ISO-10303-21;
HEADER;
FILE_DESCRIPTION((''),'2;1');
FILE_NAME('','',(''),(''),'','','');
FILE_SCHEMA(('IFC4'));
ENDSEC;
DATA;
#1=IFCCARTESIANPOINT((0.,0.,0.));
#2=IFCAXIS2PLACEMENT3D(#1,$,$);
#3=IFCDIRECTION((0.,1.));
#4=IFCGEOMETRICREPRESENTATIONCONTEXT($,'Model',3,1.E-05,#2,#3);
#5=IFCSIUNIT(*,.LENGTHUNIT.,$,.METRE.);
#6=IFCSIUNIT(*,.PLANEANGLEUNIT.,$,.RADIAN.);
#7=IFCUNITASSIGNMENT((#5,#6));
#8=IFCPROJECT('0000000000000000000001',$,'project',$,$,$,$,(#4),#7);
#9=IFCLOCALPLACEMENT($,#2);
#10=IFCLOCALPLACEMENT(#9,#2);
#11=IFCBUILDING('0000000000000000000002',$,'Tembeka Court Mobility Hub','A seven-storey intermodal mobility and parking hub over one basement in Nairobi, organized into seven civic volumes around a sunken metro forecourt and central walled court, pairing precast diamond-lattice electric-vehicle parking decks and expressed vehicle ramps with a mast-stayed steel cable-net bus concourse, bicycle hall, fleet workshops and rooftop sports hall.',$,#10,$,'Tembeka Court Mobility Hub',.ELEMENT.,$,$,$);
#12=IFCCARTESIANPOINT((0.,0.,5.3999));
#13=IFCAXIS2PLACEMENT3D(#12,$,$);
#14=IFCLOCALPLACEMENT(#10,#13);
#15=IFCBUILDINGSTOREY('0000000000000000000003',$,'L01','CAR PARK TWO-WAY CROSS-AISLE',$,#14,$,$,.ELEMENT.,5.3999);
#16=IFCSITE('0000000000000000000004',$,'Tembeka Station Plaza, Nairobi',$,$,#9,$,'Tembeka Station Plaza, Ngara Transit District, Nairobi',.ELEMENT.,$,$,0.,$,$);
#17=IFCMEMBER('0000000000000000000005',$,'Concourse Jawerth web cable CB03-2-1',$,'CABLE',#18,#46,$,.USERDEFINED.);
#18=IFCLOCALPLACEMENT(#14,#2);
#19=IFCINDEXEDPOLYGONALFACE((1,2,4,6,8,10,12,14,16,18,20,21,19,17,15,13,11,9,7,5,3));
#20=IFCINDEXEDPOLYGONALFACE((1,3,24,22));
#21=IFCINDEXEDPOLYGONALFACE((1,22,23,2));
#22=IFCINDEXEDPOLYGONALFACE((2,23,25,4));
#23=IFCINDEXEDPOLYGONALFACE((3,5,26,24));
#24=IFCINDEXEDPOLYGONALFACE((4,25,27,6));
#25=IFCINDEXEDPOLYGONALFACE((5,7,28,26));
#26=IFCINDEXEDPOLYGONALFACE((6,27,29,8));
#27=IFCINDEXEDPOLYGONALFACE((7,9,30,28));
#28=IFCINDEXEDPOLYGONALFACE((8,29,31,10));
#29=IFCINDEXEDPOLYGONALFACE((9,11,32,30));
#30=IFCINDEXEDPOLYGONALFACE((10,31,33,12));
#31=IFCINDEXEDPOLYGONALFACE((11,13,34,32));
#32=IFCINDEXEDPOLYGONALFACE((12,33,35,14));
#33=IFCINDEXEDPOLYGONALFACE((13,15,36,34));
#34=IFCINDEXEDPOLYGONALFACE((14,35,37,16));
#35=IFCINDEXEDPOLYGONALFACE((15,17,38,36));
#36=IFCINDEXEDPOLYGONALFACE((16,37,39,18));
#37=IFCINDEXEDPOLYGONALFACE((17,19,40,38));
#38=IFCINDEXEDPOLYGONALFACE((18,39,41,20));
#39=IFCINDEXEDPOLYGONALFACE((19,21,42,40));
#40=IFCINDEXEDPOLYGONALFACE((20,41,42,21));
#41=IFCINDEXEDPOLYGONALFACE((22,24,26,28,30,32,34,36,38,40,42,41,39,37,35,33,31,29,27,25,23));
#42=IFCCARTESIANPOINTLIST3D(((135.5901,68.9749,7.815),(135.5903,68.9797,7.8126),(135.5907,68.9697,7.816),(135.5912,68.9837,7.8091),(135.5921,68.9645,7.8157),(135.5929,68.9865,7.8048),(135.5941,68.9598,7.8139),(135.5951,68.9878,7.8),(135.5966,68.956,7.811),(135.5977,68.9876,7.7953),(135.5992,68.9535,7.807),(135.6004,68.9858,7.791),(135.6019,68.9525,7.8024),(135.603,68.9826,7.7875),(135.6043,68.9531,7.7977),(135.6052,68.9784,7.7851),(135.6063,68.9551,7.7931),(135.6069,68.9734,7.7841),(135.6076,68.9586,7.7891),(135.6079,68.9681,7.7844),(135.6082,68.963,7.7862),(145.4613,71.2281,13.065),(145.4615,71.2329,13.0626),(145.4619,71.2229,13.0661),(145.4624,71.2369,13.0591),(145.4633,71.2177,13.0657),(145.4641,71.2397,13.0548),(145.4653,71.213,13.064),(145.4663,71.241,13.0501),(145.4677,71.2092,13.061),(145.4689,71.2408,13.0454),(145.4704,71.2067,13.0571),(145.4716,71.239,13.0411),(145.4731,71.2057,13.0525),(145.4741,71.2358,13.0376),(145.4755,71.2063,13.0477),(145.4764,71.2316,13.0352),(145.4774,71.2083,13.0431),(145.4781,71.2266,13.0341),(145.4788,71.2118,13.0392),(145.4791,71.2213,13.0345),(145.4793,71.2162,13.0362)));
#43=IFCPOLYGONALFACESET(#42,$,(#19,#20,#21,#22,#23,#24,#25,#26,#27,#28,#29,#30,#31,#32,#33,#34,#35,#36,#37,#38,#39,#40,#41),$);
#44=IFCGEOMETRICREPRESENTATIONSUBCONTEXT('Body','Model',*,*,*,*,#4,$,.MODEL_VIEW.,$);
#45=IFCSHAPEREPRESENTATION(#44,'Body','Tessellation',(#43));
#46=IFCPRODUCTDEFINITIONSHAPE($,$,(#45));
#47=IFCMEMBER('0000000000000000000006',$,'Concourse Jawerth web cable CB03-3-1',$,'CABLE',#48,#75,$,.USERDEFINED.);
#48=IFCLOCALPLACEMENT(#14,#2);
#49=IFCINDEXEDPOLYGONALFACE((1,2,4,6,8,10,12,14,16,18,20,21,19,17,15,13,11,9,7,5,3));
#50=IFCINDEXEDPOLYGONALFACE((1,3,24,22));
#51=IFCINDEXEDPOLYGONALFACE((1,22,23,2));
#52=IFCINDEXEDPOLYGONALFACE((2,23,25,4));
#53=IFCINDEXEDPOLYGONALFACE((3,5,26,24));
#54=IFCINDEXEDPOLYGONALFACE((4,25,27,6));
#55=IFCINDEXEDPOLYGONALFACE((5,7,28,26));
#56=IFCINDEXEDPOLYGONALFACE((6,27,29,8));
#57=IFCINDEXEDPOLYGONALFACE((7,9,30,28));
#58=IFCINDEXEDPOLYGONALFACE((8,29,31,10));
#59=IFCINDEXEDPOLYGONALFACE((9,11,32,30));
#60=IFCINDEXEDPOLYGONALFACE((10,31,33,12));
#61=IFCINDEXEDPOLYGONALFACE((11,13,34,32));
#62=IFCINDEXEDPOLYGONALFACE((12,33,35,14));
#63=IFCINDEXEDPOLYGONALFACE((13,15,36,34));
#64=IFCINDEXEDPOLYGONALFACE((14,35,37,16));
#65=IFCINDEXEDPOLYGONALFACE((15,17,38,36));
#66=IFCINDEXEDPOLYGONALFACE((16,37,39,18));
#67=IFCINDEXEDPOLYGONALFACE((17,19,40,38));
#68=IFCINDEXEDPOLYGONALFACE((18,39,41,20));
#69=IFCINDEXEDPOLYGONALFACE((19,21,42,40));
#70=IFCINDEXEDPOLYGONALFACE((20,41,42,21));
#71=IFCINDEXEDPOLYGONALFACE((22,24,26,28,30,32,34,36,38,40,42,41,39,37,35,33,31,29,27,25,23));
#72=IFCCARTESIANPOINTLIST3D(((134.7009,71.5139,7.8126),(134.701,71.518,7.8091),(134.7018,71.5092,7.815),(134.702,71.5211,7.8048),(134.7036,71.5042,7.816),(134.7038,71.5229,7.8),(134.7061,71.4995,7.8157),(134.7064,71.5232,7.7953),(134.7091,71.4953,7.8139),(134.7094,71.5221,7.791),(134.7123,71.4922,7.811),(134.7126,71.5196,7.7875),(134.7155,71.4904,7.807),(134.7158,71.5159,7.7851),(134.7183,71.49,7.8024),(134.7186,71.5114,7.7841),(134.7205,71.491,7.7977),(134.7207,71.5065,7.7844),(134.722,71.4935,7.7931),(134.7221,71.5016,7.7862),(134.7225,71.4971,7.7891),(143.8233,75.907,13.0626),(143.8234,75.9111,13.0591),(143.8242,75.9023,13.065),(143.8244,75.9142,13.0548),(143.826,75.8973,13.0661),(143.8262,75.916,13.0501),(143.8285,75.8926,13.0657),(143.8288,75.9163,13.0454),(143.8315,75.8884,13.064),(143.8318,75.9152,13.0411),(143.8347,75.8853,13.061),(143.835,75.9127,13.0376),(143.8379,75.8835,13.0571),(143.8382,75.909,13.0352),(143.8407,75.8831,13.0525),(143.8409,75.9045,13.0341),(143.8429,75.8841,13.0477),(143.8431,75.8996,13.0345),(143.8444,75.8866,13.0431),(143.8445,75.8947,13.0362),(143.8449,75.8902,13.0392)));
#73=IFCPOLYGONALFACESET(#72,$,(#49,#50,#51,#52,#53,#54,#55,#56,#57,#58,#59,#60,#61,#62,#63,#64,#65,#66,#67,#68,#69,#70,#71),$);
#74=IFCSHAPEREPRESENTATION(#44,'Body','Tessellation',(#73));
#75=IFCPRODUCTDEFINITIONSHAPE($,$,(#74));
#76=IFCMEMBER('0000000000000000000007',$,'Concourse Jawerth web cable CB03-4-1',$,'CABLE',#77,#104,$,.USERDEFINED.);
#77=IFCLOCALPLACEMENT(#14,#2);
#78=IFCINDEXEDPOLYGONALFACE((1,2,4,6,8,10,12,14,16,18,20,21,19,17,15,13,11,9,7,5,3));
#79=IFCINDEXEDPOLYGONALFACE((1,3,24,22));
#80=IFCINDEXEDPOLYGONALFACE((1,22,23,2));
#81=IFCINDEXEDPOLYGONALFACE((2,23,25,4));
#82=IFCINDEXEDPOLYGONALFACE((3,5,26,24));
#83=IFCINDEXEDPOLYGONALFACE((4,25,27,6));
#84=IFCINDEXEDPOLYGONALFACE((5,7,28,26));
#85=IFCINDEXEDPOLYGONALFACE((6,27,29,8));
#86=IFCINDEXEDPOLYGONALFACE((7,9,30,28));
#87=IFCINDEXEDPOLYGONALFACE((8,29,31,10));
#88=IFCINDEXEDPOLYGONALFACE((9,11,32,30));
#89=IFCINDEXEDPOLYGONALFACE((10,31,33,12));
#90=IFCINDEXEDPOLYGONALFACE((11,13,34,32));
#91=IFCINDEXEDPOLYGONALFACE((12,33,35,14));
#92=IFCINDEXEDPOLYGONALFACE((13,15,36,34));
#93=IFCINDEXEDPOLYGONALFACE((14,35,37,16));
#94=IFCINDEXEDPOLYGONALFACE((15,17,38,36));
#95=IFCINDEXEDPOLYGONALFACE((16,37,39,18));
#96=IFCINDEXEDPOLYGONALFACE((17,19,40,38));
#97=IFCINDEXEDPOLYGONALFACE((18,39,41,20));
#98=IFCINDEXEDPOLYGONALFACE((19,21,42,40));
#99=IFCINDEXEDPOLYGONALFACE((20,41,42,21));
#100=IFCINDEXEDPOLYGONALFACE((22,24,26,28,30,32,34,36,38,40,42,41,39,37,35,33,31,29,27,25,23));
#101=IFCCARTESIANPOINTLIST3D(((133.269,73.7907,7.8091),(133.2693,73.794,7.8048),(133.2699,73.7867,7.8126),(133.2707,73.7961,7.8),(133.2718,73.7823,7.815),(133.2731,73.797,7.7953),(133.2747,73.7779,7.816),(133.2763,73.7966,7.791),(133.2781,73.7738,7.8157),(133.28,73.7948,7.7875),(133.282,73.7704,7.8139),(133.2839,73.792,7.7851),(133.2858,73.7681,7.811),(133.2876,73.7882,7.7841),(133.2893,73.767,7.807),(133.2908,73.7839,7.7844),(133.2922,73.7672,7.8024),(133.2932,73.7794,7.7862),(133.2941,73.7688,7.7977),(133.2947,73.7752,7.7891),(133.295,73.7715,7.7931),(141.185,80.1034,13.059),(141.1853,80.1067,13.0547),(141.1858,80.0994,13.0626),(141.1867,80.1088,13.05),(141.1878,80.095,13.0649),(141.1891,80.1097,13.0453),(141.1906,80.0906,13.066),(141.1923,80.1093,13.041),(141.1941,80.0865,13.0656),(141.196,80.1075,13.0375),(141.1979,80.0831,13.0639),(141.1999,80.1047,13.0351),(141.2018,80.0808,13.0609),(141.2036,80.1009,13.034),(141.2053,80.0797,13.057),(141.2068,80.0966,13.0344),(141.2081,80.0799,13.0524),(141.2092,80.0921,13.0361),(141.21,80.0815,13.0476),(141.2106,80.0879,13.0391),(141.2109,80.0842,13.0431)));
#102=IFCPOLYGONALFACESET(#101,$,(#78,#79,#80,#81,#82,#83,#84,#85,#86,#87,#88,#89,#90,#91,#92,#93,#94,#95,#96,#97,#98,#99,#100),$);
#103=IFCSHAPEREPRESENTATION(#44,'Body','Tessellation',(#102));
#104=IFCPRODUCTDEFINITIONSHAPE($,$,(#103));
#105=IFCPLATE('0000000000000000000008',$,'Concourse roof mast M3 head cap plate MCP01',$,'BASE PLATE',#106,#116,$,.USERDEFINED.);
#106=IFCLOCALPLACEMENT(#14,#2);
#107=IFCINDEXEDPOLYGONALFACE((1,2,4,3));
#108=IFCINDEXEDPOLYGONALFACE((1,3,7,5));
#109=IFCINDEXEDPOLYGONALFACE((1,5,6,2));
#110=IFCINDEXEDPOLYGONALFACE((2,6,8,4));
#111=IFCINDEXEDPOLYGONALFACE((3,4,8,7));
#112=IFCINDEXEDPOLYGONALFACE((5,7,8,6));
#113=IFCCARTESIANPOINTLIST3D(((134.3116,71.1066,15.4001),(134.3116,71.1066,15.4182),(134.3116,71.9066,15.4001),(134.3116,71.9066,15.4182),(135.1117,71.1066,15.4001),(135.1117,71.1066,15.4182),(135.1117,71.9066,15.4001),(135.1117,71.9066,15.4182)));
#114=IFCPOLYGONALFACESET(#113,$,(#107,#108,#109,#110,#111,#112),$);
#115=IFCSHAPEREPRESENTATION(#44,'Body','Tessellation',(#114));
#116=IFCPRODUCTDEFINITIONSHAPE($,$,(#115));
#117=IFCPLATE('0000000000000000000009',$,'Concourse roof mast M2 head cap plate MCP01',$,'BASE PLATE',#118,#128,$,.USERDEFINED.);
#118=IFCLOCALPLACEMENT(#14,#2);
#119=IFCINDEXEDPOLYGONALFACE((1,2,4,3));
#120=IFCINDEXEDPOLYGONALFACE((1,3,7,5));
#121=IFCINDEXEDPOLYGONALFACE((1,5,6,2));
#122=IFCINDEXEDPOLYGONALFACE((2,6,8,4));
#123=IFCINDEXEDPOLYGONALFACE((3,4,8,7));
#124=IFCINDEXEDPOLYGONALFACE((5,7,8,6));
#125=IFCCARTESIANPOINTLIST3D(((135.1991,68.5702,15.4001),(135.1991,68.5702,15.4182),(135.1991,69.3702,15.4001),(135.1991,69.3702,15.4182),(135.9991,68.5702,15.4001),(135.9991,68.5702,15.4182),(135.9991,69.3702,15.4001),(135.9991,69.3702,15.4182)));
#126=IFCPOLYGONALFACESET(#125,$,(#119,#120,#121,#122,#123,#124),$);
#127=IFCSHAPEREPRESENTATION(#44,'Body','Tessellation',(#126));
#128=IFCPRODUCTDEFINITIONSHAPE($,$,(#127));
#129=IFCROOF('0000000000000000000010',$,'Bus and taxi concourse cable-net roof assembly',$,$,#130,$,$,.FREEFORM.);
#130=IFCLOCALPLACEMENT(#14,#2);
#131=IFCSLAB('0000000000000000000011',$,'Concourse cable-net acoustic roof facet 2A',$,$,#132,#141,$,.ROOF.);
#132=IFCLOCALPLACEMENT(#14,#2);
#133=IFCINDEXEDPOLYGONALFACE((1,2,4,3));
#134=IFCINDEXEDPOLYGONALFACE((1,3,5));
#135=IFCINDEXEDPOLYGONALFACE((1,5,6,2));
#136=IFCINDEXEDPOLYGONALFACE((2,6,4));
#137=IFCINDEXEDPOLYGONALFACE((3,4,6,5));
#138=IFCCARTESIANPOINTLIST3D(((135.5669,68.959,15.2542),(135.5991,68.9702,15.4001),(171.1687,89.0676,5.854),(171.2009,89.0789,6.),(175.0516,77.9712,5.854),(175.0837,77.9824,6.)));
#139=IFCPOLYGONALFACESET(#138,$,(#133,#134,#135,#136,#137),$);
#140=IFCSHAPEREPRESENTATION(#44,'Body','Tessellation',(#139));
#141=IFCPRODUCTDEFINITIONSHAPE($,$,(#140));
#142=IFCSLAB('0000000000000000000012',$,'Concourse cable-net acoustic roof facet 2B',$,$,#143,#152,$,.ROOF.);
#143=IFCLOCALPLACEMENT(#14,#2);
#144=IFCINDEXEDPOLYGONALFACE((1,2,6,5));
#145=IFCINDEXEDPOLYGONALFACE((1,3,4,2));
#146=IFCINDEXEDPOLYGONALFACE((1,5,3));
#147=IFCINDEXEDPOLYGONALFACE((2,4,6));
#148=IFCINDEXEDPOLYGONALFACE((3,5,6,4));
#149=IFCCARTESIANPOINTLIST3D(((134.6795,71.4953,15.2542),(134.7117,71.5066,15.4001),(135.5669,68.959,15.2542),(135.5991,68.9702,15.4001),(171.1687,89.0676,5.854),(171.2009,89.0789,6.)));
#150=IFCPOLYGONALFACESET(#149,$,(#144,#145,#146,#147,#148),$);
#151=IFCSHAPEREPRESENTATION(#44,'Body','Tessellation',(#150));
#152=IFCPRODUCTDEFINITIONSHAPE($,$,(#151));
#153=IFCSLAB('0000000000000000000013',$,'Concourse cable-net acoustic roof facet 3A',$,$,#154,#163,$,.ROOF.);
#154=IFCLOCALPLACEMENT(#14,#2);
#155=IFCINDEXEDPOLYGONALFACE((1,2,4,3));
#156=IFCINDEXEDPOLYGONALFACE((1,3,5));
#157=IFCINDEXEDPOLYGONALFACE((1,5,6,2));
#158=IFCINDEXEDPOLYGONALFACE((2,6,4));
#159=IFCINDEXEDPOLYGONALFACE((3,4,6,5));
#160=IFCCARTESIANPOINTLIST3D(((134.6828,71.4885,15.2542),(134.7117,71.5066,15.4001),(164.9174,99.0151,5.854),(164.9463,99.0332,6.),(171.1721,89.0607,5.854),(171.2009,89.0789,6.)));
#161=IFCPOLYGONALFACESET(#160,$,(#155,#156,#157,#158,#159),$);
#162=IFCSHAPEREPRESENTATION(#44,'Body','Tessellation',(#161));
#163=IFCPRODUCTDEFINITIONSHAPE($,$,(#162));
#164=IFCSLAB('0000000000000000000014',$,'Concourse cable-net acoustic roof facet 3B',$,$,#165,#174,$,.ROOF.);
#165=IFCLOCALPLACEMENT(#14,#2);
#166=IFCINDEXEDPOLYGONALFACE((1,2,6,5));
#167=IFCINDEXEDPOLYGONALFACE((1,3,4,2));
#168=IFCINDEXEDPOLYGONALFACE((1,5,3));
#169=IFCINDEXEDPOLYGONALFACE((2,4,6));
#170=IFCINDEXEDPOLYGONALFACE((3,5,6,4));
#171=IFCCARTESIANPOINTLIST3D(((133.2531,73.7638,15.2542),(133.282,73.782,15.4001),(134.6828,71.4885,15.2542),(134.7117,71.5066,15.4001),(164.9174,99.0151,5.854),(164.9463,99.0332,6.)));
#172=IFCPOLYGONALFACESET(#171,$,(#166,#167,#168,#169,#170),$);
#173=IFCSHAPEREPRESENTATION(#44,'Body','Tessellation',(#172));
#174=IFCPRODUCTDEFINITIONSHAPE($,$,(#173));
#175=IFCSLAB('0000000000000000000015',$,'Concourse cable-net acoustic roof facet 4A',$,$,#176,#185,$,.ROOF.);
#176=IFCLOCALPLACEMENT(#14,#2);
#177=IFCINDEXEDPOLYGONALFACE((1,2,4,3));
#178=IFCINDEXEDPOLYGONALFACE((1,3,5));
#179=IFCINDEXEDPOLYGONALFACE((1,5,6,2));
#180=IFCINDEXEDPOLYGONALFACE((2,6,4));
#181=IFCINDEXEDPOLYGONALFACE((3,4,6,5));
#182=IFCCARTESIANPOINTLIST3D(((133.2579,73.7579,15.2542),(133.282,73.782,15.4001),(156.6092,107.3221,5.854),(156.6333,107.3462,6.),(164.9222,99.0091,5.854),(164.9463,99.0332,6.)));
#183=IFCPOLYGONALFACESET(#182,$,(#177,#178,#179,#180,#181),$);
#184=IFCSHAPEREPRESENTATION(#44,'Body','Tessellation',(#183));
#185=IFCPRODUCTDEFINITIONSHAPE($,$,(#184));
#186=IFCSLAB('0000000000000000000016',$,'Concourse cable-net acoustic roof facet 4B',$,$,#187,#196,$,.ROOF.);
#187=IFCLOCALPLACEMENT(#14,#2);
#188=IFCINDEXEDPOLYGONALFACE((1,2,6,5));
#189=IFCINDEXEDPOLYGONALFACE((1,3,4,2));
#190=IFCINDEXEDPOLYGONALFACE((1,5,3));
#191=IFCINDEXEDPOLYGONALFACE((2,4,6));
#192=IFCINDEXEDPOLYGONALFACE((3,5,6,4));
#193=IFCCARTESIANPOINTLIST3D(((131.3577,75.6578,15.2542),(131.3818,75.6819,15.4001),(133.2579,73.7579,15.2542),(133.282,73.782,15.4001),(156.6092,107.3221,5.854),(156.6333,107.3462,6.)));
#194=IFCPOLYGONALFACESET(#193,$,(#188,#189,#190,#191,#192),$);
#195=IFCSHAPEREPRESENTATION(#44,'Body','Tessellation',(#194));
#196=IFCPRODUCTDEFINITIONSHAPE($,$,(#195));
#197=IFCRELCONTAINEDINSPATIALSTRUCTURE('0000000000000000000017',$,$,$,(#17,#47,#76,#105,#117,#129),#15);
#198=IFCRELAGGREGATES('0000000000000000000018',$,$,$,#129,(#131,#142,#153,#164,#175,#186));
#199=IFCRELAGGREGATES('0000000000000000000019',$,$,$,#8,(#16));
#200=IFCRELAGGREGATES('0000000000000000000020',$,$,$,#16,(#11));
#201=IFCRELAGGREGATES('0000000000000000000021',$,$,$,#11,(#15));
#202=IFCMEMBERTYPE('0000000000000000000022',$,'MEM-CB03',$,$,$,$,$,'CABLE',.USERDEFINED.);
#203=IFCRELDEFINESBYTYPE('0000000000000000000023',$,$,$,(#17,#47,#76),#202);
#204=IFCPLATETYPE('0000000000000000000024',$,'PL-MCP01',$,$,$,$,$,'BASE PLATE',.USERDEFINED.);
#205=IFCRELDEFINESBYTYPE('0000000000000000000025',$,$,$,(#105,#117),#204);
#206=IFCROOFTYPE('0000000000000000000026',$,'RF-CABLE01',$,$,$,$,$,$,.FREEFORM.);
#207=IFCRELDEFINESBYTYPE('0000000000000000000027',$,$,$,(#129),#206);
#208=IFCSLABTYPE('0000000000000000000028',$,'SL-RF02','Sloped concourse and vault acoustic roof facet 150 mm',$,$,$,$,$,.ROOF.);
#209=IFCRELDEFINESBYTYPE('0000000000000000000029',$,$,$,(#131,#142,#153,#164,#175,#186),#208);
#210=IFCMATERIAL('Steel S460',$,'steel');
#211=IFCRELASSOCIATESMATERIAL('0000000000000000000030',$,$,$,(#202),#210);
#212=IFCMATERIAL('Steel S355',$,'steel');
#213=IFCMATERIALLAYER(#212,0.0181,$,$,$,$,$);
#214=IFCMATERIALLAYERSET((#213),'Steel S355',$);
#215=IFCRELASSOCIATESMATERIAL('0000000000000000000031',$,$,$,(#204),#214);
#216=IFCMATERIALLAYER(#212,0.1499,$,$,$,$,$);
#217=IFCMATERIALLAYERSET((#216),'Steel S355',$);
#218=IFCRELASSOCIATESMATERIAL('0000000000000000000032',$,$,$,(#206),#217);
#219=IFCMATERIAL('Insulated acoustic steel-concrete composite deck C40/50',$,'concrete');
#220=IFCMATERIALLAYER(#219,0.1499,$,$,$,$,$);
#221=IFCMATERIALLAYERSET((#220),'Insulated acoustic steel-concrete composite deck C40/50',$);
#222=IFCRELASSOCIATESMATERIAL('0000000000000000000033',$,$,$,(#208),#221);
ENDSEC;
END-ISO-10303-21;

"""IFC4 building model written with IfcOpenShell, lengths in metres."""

from ifc_helpers import new_model, si_unit, direction, frame, origin, origin_2d, place, context, subcontext, project, spatial, polyline, rectangle, circle, outline, extrude, material, layer, layer_set, material_profile, profile_set, type_object, element, aggregate, save


model = new_model("IFC4")

# Units and contexts
model_context = context("Model", 3, precision=1e-05, world=origin(), true_north=direction((0.0, 1.0)))
body_context = subcontext(model_context, "Body", "Model", "MODEL_VIEW")
ifc_project = project(units=[si_unit("LENGTHUNIT", "METRE"), si_unit("PLANEANGLEUNIT", "RADIAN")], contexts=[model_context])

# Site, building, storey
site_placement = place(None, origin())
site = spatial("IfcSite", under=ifc_project, at=site_placement, Name="Tembeka Station Plaza, Nairobi", LongName="Tembeka Station Plaza, Ngara Transit District, Nairobi", CompositionType="ELEMENT", RefElevation=0.0)
building_placement = place(site_placement, origin())
building = spatial("IfcBuilding", under=site, at=building_placement, Name="Tembeka Court Mobility Hub", Description="A seven-storey intermodal mobility and parking hub over one basement in Nairobi, organized into seven civic volumes around a sunken metro forecourt and central walled court, pairing precast diamond-lattice electric-vehicle parking decks and expressed vehicle ramps with a mast-stayed steel cable-net bus concourse, bicycle hall, fleet workshops and rooftop sports hall.", LongName="Tembeka Court Mobility Hub", CompositionType="ELEMENT")
storey_placement = place(building_placement, frame((0.0, 0.0, 5.3999)))
storey = spatial("IfcBuildingStorey", under=building, at=storey_placement, Name="L01", Description="CAR PARK TWO-WAY CROSS-AISLE", CompositionType="ELEMENT", Elevation=5.3999)

# Shared definitions
ifc_material_1 = material(Name="Steel S355", Category="steel")

# Members
ifc_material_2 = material(Name="Steel S460", Category="steel")
ifc_material_profile_1 = material_profile(ifc_material_2, circle(Radius=0.0181, at=origin_2d()), Name="CABLE D36")
ifc_profile_set_1 = profile_set([ifc_material_profile_1], Name="Steel S460")
member_type_1 = type_object("IfcMemberType", Name="MEM-CB03", ElementType="CABLE", PredefinedType="USERDEFINED", material=ifc_profile_set_1)
for number, where, z_axis, x_axis, name in (
    (1, (135.5991, 68.9702, 7.8), (0.865493, 0.197557, 0.460318), (-0.222536, 0.974924, 0.0), "Concourse Jawerth web cable CB03-2-1"),
    (2, (134.7117, 71.5066, 7.8), (0.79984, 0.385182, 0.460317), (-0.433883, 0.900969, 0.0), "Concourse Jawerth web cable CB03-3-1"),
):
    element("IfcMember", number, at=place(storey_placement, frame(where, z_axis=z_axis, x_axis=x_axis)), inside=storey, type_object=member_type_1, Name=name, ObjectType="CABLE", PredefinedType="USERDEFINED", context=body_context, shape_type="SweptSolid", body=[
        extrude(circle(Radius=0.0181, at=origin_2d()), origin(), (0.0, 0.0, 1.0), 11.4053),
    ])
member_placement = place(storey_placement, frame((133.282, 73.782, 7.8), z_axis=(0.694076, 0.553501, 0.46032), x_axis=(-0.623486, 0.781835, 0.0)))
element("IfcMember", 3, at=member_placement, inside=storey, type_object=member_type_1, Name="Concourse Jawerth web cable CB03-4-1", ObjectType="CABLE", PredefinedType="USERDEFINED", context=body_context, shape_type="SweptSolid", body=[
    extrude(circle(Radius=0.0181, at=origin_2d()), origin(), (0.0, 0.0, 1.0), 11.405),
])

# Plates
ifc_layer_1 = layer(ifc_material_1, 0.0181)
ifc_layer_set_1 = layer_set([ifc_layer_1], Name="Steel S355")
plate_type = type_object("IfcPlateType", Name="PL-MCP01", ElementType="BASE PLATE", PredefinedType="USERDEFINED", material=ifc_layer_set_1)
for number, where, z_axis, x_axis, name in (
    (4, (134.7117, 71.5066, 15.4001), (0.0, 0.0, 1.0), (1.0, 0.0, 0.0), "Concourse roof mast M3 head cap plate MCP01"),
    (5, (135.5991, 68.9702, 15.4001), (0.0, 0.0, 1.0), (1.0, 0.0, 0.0), "Concourse roof mast M2 head cap plate MCP01"),
):
    element("IfcPlate", number, at=place(storey_placement, frame(where, z_axis=z_axis, x_axis=x_axis)), inside=storey, type_object=plate_type, Name=name, ObjectType="BASE PLATE", PredefinedType="USERDEFINED", context=body_context, shape_type="SweptSolid", body=[
        extrude(rectangle(XDim=0.8, YDim=0.8, at=origin_2d()), origin(), (0.0, 0.0, 1.0), 0.0181),
    ])

# Roof, slabs
ifc_layer_2 = layer(ifc_material_1, 0.1499)
ifc_layer_set_2 = layer_set([ifc_layer_2], Name="Steel S355")
roof_type = type_object("IfcRoofType", Name="RF-CABLE01", PredefinedType="FREEFORM", material=ifc_layer_set_2)
roof_placement = place(storey_placement, origin())
roof = element("IfcRoof", 6, at=roof_placement, inside=storey, type_object=roof_type, Name="Bus and taxi concourse cable-net roof assembly", PredefinedType="FREEFORM")
ifc_material_3 = material(Name="Insulated acoustic steel-concrete composite deck C40/50", Category="concrete")
ifc_layer_3 = layer(ifc_material_3, 0.1499)
ifc_layer_set_3 = layer_set([ifc_layer_3], Name="Insulated acoustic steel-concrete composite deck C40/50")
slab_type = type_object("IfcSlabType", Name="SL-RF02", Description="Sloped concourse and vault acoustic roof facet 150 mm", PredefinedType="ROOF", material=ifc_layer_set_3)
slab_1_placement = place(storey_placement, frame((135.5991, 68.9702, 15.4001), z_axis=(0.214685, 0.075122, 0.97379), x_axis=(0.949683, 0.216761, -0.226092)))
slab_1 = element("IfcSlab", 7, at=slab_1_placement, type_object=slab_type, Name="Concourse cable-net acoustic roof facet 2A", PredefinedType="ROOF", context=body_context, shape_type="SweptSolid", body=[
    extrude(outline(polyline([(0.0, 0.0), (41.5766, 0.0), (40.2945, 11.686), (0.0, 0.0)])), origin(), (0.0, 0.0, -1.0), 0.1499),
])
slab_2_placement = place(storey_placement, frame((135.5991, 68.9702, 15.4001), z_axis=(0.214688, 0.075117, 0.97379), x_axis=(0.848574, 0.479293, -0.224054)))
slab_2 = element("IfcSlab", 8, at=slab_2_placement, type_object=slab_type, Name="Concourse cable-net acoustic roof facet 2B", PredefinedType="ROOF", context=body_context, shape_type="SweptSolid", body=[
    extrude(outline(polyline([(0.0, 0.0), (41.9548, 0.0), (0.4626, 2.647), (0.0, 0.0)])), origin(), (0.0, 0.0, -1.0), 0.1499),
])
slab_3_placement = place(storey_placement, frame((134.7117, 71.5066, 15.4001), z_axis=(0.192587, 0.121009, 0.97379), x_axis=(0.877639, 0.422648, -0.226092)))
slab_3 = element("IfcSlab", 9, at=slab_3_placement, type_object=slab_type, Name="Concourse cable-net acoustic roof facet 3A", PredefinedType="ROOF", context=body_context, shape_type="SweptSolid", body=[
    extrude(outline(polyline([(0.0, 0.0), (41.5766, 0.0), (40.2945, 11.6861), (0.0, 0.0)])), origin(), (0.0, 0.0, -1.0), 0.1499),
])
slab_4_placement = place(storey_placement, frame((134.7117, 71.5066, 15.4001), z_axis=(0.192588, 0.121008, 0.97379), x_axis=(0.720647, 0.656101, -0.224054)))
slab_4 = element("IfcSlab", 10, at=slab_4_placement, type_object=slab_type, Name="Concourse cable-net acoustic roof facet 3B", PredefinedType="ROOF", context=body_context, shape_type="SweptSolid", body=[
    extrude(outline(polyline([(0.0, 0.0), (41.9548, 0.0), (0.4626, 2.6472), (0.0, 0.0)])), origin(), (0.0, 0.0, -1.0), 0.1499),
])
slab_5_placement = place(storey_placement, frame((133.282, 73.782, 15.4001), z_axis=(0.160831, 0.160831, 0.97379), x_axis=(0.761589, 0.607342, -0.226092)))
slab_5 = element("IfcSlab", 11, at=slab_5_placement, type_object=slab_type, Name="Concourse cable-net acoustic roof facet 4A", PredefinedType="ROOF", context=body_context, shape_type="SweptSolid", body=[
    extrude(outline(polyline([(0.0, 0.0), (41.5766, 0.0), (40.2944, 11.6862), (0.0, 0.0)])), origin(), (0.0, 0.0, -1.0), 0.1499),
])
slab_6_placement = place(storey_placement, frame((133.282, 73.782, 15.4001), z_axis=(0.160819, 0.160839, 0.973791), x_axis=(0.556583, 0.800009, -0.224054)))
slab_6 = element("IfcSlab", 12, at=slab_6_placement, type_object=slab_type, Name="Concourse cable-net acoustic roof facet 4B", PredefinedType="ROOF", context=body_context, shape_type="SweptSolid", body=[
    extrude(outline(polyline([(0.0, 0.0), (41.9548, 0.0), (0.4624, 2.647), (0.0, 0.0)])), origin(), (0.0, 0.0, -1.0), 0.1499),
])
aggregate(roof, [slab_1, slab_2, slab_3, slab_4, slab_5, slab_6])

save(model, "model.ifc")
